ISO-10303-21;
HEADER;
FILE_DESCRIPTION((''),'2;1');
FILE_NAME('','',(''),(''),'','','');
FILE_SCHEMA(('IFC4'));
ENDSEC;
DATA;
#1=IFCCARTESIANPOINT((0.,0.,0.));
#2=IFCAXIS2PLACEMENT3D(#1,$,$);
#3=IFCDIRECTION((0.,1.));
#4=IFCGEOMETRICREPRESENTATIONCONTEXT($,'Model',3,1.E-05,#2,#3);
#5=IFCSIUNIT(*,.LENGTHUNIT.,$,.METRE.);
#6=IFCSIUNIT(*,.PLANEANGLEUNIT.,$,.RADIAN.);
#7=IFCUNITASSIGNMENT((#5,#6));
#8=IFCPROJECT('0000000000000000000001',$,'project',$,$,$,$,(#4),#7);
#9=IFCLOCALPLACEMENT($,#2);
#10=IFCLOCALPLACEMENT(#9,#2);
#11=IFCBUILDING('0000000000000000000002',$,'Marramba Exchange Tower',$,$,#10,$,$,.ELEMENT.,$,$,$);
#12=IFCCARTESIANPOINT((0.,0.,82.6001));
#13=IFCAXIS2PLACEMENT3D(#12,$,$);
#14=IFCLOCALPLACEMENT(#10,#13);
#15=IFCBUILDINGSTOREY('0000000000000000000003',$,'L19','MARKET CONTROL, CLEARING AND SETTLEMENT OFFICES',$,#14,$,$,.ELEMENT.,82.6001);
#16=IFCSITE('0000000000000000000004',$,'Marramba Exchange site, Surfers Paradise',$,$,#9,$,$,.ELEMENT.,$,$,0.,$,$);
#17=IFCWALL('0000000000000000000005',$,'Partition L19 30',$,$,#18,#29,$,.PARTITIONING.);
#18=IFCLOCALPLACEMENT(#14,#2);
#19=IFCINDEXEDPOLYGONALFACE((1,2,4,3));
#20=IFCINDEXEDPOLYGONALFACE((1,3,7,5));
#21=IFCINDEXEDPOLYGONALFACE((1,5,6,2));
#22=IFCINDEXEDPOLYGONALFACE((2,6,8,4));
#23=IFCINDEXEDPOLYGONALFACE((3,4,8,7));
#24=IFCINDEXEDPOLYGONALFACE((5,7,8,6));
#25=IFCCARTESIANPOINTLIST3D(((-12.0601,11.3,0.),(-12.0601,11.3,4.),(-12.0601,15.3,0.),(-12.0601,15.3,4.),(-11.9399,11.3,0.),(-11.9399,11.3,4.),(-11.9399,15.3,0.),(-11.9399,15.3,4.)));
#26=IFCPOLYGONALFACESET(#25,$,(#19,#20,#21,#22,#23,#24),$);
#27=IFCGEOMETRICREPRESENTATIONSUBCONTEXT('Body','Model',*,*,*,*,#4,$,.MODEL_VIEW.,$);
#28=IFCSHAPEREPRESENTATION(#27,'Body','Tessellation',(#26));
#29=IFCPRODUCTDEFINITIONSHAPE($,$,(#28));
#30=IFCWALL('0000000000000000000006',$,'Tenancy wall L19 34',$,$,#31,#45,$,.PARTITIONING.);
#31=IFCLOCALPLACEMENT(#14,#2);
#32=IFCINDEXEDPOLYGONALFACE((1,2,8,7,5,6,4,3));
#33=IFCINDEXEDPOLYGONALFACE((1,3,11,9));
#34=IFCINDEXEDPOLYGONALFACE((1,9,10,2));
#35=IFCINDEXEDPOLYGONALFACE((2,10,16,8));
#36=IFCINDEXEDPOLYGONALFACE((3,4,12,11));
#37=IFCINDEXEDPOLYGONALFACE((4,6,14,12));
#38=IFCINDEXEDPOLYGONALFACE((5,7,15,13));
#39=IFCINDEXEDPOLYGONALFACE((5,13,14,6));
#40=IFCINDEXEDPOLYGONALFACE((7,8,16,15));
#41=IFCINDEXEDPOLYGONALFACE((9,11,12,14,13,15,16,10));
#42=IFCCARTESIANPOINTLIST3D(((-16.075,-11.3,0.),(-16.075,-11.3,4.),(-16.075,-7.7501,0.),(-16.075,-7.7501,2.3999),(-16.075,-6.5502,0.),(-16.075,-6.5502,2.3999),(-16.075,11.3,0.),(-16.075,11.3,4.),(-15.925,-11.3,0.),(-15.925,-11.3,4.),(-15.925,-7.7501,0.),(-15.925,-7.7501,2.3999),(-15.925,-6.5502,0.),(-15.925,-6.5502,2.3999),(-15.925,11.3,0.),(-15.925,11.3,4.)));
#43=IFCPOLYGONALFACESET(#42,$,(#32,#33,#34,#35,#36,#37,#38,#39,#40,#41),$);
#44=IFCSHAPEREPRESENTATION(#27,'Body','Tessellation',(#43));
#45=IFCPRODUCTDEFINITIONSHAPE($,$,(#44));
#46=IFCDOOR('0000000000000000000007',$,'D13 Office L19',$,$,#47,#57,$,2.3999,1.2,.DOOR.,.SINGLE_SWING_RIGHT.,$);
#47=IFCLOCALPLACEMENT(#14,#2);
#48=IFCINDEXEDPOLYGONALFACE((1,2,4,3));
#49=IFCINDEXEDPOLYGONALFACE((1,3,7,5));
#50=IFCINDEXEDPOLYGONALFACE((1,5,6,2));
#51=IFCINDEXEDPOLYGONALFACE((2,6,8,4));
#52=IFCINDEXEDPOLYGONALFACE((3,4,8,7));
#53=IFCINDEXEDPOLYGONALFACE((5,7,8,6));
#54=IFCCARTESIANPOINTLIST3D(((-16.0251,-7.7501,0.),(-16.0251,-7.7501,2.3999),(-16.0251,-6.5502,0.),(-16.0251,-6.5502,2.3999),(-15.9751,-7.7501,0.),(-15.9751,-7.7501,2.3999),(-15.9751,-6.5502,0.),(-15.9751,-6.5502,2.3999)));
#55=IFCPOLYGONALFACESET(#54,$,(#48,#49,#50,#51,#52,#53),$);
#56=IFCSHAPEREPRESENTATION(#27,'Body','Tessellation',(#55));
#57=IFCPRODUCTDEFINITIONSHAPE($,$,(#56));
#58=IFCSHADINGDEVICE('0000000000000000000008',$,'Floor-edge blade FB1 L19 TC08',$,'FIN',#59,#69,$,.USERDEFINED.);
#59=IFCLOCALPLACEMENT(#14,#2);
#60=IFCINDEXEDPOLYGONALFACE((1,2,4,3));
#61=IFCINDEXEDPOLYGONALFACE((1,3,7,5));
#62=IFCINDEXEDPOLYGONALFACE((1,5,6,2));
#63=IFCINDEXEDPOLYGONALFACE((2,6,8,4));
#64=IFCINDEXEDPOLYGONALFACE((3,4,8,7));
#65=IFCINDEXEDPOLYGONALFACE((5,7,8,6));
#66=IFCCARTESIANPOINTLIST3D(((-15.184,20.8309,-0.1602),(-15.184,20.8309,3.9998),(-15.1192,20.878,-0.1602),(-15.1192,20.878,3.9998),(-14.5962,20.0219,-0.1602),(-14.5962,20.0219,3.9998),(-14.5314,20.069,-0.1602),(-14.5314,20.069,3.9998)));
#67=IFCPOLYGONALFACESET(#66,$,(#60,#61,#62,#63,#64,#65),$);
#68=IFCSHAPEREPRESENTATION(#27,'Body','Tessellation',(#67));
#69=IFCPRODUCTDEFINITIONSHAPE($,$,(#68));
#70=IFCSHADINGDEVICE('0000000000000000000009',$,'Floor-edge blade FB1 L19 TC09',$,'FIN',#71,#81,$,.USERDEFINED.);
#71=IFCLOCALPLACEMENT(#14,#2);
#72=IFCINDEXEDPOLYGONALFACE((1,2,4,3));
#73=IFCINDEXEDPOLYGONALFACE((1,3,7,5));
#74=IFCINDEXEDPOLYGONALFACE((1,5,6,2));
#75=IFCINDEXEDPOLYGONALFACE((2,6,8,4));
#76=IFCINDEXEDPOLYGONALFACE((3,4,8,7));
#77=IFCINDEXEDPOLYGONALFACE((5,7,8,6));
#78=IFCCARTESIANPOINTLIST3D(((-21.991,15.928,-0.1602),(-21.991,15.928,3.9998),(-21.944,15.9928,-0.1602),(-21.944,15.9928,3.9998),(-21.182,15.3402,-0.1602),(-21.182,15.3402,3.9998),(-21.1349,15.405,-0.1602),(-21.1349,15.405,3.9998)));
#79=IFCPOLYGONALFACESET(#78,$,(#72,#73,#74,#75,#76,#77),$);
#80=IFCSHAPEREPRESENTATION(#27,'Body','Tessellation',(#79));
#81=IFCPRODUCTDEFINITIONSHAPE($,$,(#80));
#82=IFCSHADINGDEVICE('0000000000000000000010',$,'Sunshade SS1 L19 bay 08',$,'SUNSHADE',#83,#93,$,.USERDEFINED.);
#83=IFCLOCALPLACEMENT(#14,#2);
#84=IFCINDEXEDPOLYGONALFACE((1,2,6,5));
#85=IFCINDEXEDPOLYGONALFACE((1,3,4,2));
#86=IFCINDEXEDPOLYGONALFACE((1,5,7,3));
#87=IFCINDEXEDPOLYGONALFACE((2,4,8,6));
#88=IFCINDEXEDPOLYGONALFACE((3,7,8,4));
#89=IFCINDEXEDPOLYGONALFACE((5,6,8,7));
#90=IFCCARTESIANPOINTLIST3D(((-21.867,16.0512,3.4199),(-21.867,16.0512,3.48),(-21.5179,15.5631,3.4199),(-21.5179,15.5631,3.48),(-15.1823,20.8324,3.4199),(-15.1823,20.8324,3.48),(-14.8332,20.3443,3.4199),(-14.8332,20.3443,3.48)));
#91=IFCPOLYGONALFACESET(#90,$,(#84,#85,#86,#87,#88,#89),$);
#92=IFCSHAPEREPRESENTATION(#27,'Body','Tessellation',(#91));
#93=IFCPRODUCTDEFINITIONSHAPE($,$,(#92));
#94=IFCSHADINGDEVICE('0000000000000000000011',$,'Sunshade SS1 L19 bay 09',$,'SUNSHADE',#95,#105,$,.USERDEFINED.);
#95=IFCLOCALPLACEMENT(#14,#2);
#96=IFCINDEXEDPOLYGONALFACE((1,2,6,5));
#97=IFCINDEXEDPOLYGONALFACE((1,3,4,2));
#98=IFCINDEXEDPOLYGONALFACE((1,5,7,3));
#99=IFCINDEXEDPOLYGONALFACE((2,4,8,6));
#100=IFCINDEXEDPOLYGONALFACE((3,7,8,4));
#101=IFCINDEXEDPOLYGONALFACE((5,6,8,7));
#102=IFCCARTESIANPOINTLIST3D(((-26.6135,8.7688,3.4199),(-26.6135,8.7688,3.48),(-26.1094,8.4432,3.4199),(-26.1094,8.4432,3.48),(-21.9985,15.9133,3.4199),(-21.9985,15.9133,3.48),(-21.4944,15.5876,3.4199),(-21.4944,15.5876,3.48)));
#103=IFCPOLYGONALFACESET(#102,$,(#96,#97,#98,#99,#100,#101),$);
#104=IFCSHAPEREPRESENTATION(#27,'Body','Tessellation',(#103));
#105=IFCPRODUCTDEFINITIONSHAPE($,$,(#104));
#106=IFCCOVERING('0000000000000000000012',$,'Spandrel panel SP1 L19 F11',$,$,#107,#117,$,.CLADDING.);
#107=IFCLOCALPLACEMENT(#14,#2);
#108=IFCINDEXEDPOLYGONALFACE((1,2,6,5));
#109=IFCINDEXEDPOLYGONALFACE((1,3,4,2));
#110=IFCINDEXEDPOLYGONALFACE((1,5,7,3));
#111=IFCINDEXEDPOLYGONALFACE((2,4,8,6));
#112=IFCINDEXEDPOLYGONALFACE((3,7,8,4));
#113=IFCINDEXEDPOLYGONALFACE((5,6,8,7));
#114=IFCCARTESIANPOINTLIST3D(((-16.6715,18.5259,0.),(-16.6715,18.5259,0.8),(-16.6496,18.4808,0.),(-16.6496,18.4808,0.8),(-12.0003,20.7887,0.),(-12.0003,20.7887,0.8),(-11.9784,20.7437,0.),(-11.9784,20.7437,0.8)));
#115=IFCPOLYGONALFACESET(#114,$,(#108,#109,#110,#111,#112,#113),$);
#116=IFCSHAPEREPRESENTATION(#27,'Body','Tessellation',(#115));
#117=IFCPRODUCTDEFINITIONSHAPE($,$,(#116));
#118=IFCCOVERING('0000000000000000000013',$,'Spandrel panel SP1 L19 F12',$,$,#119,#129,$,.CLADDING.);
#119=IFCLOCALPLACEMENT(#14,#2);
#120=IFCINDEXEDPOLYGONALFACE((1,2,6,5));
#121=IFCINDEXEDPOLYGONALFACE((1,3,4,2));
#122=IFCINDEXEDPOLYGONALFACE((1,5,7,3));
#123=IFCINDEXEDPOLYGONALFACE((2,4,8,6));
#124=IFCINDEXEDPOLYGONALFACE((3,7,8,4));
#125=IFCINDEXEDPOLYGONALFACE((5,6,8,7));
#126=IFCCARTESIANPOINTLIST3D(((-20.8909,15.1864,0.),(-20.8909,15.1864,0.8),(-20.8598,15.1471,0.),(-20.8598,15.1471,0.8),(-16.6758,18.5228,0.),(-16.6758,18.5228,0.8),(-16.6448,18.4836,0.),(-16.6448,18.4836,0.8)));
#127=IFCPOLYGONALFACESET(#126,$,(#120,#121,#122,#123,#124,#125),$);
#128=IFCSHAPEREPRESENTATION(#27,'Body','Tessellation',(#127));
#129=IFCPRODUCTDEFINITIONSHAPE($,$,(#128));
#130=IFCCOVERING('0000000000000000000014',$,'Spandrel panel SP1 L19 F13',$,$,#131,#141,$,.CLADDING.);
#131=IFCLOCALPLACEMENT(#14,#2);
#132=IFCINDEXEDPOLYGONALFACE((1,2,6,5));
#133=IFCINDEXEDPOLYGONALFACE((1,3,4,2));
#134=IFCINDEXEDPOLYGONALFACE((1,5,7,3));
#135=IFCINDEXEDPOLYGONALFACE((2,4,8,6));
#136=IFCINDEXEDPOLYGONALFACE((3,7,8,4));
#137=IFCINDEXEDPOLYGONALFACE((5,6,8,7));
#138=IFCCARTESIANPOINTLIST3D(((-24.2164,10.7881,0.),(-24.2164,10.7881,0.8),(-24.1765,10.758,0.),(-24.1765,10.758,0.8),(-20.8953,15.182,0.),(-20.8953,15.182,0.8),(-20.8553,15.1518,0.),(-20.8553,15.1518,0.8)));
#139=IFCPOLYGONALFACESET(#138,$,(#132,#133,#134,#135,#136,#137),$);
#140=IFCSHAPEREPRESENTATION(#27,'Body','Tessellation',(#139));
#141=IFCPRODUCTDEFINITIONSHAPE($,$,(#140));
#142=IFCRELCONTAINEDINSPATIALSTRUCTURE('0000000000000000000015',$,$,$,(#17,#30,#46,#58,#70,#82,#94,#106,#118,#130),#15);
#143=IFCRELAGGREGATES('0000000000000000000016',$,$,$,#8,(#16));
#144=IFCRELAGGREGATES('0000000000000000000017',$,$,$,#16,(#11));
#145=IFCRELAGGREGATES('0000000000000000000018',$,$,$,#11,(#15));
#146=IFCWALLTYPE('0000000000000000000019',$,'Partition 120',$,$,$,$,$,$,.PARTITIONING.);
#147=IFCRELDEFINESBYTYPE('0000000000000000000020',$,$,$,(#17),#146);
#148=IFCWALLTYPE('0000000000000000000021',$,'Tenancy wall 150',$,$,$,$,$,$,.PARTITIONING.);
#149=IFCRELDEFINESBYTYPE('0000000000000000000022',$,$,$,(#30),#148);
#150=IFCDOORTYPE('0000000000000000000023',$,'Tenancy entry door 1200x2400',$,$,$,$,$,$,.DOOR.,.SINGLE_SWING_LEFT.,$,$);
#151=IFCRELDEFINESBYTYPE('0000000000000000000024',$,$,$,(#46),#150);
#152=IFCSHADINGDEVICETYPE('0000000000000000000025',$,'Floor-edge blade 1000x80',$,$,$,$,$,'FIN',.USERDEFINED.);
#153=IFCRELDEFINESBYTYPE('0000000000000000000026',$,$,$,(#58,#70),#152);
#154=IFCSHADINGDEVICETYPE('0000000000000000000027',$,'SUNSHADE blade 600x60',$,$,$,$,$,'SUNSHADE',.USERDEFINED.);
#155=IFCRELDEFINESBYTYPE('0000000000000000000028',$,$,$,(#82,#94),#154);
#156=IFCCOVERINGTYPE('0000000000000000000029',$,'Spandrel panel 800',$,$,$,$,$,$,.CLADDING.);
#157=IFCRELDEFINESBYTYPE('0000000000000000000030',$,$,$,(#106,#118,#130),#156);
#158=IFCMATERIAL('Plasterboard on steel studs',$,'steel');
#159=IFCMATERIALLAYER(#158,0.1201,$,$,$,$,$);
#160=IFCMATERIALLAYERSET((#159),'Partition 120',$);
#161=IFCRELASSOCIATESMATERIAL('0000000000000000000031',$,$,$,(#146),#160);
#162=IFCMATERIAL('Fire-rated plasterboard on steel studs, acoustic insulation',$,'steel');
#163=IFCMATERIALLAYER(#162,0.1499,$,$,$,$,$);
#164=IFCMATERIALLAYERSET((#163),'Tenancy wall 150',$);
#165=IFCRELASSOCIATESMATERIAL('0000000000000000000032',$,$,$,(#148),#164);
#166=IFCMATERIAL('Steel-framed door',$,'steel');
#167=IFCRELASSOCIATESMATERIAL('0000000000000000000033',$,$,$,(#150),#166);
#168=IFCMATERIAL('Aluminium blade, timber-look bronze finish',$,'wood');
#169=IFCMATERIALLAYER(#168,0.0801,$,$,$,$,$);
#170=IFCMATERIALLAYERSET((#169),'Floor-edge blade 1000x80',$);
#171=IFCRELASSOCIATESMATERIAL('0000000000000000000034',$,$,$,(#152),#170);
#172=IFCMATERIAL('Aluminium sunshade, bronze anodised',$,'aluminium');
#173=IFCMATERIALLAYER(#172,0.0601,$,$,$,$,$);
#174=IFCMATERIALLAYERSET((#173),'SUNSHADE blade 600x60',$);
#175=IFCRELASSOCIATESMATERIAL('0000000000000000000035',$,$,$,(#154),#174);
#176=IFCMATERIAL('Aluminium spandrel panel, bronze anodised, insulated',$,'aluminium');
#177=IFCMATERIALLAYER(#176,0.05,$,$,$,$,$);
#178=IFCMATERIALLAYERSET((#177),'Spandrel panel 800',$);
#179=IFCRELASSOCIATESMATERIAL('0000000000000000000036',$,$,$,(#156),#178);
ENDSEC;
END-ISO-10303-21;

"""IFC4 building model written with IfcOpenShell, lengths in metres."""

from ifc_helpers import new_model, si_unit, direction, frame, frame_2d, origin, origin_2d, place, context, subcontext, project, spatial, rectangle, extrude, material, layer, layer_set, type_object, element, fill, save


model = new_model("IFC4")

# Units and contexts
model_context = context("Model", 3, precision=1e-05, world=origin(), true_north=direction((0.0, 1.0)))
body_context = subcontext(model_context, "Body", "Model", "MODEL_VIEW")
ifc_project = project(units=[si_unit("LENGTHUNIT", "METRE"), si_unit("PLANEANGLEUNIT", "RADIAN")], contexts=[model_context])

# Site, building, storey
site_placement = place(None, origin())
site = spatial("IfcSite", under=ifc_project, at=site_placement, Name="Marramba Exchange site, Surfers Paradise", CompositionType="ELEMENT", RefElevation=0.0)
building_placement = place(site_placement, origin())
building = spatial("IfcBuilding", under=site, at=building_placement, Name="Marramba Exchange Tower", CompositionType="ELEMENT")
storey_placement = place(building_placement, frame((0.0, 0.0, 82.6001)))
storey = spatial("IfcBuildingStorey", under=building, at=storey_placement, Name="L19", Description="MARKET CONTROL, CLEARING AND SETTLEMENT OFFICES", CompositionType="ELEMENT", Elevation=82.6001)

# Wall
ifc_material_1 = material(Name="Plasterboard on steel studs", Category="steel")
ifc_layer_1 = layer(ifc_material_1, 0.1201)
ifc_layer_set_1 = layer_set([ifc_layer_1], Name="Partition 120")
wall_type_1 = type_object("IfcWallType", Name="Partition 120", PredefinedType="PARTITIONING", material=ifc_layer_set_1)
wall_1_placement = place(storey_placement, frame((-12.0, 15.3, 0.0), z_axis=(0.0, 0.0, 1.0), x_axis=(0.0, -1.0, 0.0)))
element("IfcWall", 1, at=wall_1_placement, inside=storey, type_object=wall_type_1, Name="Partition L19 30", PredefinedType="PARTITIONING", context=body_context, shape_type="SweptSolid", body=[
    extrude(rectangle(XDim=4.0, YDim=0.1201, at=frame_2d((2.0, 0.0))), origin(), (0.0, 0.0, 1.0), 4.0),
])

# Wall, opening, door
ifc_material_2 = material(Name="Fire-rated plasterboard on steel studs, acoustic insulation", Category="steel")
ifc_layer_2 = layer(ifc_material_2, 0.1499)
ifc_layer_set_2 = layer_set([ifc_layer_2], Name="Tenancy wall 150")
wall_type_2 = type_object("IfcWallType", Name="Tenancy wall 150", PredefinedType="PARTITIONING", material=ifc_layer_set_2)
wall_2_placement = place(storey_placement, frame((-16.0, 11.3, 0.0), z_axis=(0.0, 0.0, 1.0), x_axis=(0.0, -1.0, 0.0)))
wall_2 = element("IfcWall", 2, at=wall_2_placement, inside=storey, type_object=wall_type_2, Name="Tenancy wall L19 34", PredefinedType="PARTITIONING", context=body_context, shape_type="SweptSolid", body=[
    extrude(rectangle(XDim=22.6001, YDim=0.1499, at=frame_2d((11.3, 0.0))), origin(), (0.0, 0.0, 1.0), 4.0),
])
opening_placement = place(wall_2_placement, frame((17.8501, 0.0, 0.0)))
opening = element("IfcOpeningElement", 3, at=opening_placement, cuts=wall_2, PredefinedType="OPENING", context=body_context, shape_type="SweptSolid", body=[
    extrude(rectangle(XDim=1.2, YDim=2.3999, at=frame_2d((0.6001, 1.2))), frame((0.0, 0.085, 0.0), z_axis=(0.0, -1.0, 0.0), x_axis=(1.0, 0.0, 0.0)), (0.0, 0.0, 1.0), 0.1699),
])
ifc_material_3 = material(Name="Steel-framed door", Category="steel")
door_type = type_object("IfcDoorType", Name="Tenancy entry door 1200x2400", OperationType="SINGLE_SWING_LEFT", PredefinedType="DOOR", material=ifc_material_3)
door_placement = place(opening_placement, origin())
door = element("IfcDoor", 4, at=door_placement, inside=storey, type_object=door_type, Name="D13 Office L19", OperationType="SINGLE_SWING_RIGHT", OverallHeight=2.3999, OverallWidth=1.2, PredefinedType="DOOR", context=body_context, shape_type="SweptSolid", body=[
    extrude(rectangle(XDim=1.2, YDim=2.3999, at=frame_2d((0.6001, 1.2))), frame((0.0, 0.0249, 0.0), z_axis=(0.0, -1.0, 0.0), x_axis=(1.0, 0.0, 0.0)), (0.0, 0.0, 1.0), 0.05),
])
fill(opening, door)

# Shading devices
ifc_material_4 = material(Name="Aluminium blade, timber-look bronze finish", Category="wood")
ifc_layer_3 = layer(ifc_material_4, 0.0801)
ifc_layer_set_3 = layer_set([ifc_layer_3], Name="Floor-edge blade 1000x80")
shading_device_type_1 = type_object("IfcShadingDeviceType", Name="Floor-edge blade 1000x80", ElementType="FIN", PredefinedType="USERDEFINED", material=ifc_layer_set_3)
for number, where, z_axis, x_axis, name in (
    (5, (-14.8577, 20.45, -0.1602), (0.0, 0.0, 1.0), (-0.587785, 0.809017, 0.0), "Floor-edge blade FB1 L19 TC08"),
    (6, (-21.563, 15.6665, -0.1602), (0.0, 0.0, 1.0), (-0.809017, 0.587785, 0.0), "Floor-edge blade FB1 L19 TC09"),
):
    element("IfcShadingDevice", number, at=place(storey_placement, frame(where, z_axis=z_axis, x_axis=x_axis)), inside=storey, type_object=shading_device_type_1, Name=name, ObjectType="FIN", PredefinedType="USERDEFINED", context=body_context, shape_type="SweptSolid", body=[
        extrude(rectangle(XDim=1.0, YDim=0.0801, at=origin_2d()), origin(), (0.0, 0.0, 1.0), 4.1599),
    ])
ifc_material_5 = material(Name="Aluminium sunshade, bronze anodised", Category="aluminium")
ifc_layer_4 = layer(ifc_material_5, 0.0601)
ifc_layer_set_4 = layer_set([ifc_layer_4], Name="SUNSHADE blade 600x60")
shading_device_type_2 = type_object("IfcShadingDeviceType", Name="SUNSHADE blade 600x60", ElementType="SUNSHADE", PredefinedType="USERDEFINED", material=ifc_layer_set_4)
shading_device_1_placement = place(storey_placement, frame((-18.3501, 18.1978, 3.4199), z_axis=(0.0, 0.0, 1.0), x_axis=(-0.813363, -0.581757, 0.0)))
element("IfcShadingDevice", 7, at=shading_device_1_placement, inside=storey, type_object=shading_device_type_2, Name="Sunshade SS1 L19 bay 08", ObjectType="SUNSHADE", PredefinedType="USERDEFINED", context=body_context, shape_type="SweptSolid", body=[
    extrude(rectangle(XDim=8.2185, YDim=0.6001, at=origin_2d()), origin(), (0.0, 0.0, 1.0), 0.0601),
])
shading_device_2_placement = place(storey_placement, frame((-24.054, 12.1782, 3.4199), z_axis=(0.0, 0.0, 1.0), x_axis=(-0.542597, -0.839993, 0.0)))
element("IfcShadingDevice", 8, at=shading_device_2_placement, inside=storey, type_object=shading_device_type_2, Name="Sunshade SS1 L19 bay 09", ObjectType="SUNSHADE", PredefinedType="USERDEFINED", context=body_context, shape_type="SweptSolid", body=[
    extrude(rectangle(XDim=8.5054, YDim=0.6001, at=origin_2d()), origin(), (0.0, 0.0, 1.0), 0.0601),
])

# Coverings
ifc_material_6 = material(Name="Aluminium spandrel panel, bronze anodised, insulated", Category="aluminium")
ifc_layer_5 = layer(ifc_material_6, 0.05)
ifc_layer_set_5 = layer_set([ifc_layer_5], Name="Spandrel panel 800")
covering_type = type_object("IfcCoveringType", Name="Spandrel panel 800", PredefinedType="CLADDING", material=ifc_layer_set_5)
covering_1_placement = place(storey_placement, frame((-14.325, 19.6348, 0.0), z_axis=(0.0, 0.0, 1.0), x_axis=(-0.899963, -0.435965, 0.0)))
element("IfcCovering", 9, at=covering_1_placement, inside=storey, type_object=covering_type, Name="Spandrel panel SP1 L19 F11", PredefinedType="CLADDING", context=body_context, shape_type="SweptSolid", body=[
    extrude(rectangle(XDim=5.1904, YDim=0.05, at=origin_2d()), origin(), (0.0, 0.0, 1.0), 0.8),
])
covering_2_placement = place(storey_placement, frame((-18.7678, 16.835, 0.0), z_axis=(0.0, 0.0, 1.0), x_axis=(-0.784088, -0.62065, 0.0)))
element("IfcCovering", 10, at=covering_2_placement, inside=storey, type_object=covering_type, Name="Spandrel panel SP1 L19 F12", PredefinedType="CLADDING", context=body_context, shape_type="SweptSolid", body=[
    extrude(rectangle(XDim=5.3757, YDim=0.05, at=origin_2d()), origin(), (0.0, 0.0, 1.0), 0.8),
])
covering_3_placement = place(storey_placement, frame((-22.5359, 12.97, 0.0), z_axis=(0.0, 0.0, 1.0), x_axis=(-0.60299, -0.797749, 0.0)))
element("IfcCovering", 11, at=covering_3_placement, inside=storey, type_object=covering_type, Name="Spandrel panel SP1 L19 F13", PredefinedType="CLADDING", context=body_context, shape_type="SweptSolid", body=[
    extrude(rectangle(XDim=5.5078, YDim=0.05, at=origin_2d()), origin(), (0.0, 0.0, 1.0), 0.8),
])

save(model, "model.ifc")
